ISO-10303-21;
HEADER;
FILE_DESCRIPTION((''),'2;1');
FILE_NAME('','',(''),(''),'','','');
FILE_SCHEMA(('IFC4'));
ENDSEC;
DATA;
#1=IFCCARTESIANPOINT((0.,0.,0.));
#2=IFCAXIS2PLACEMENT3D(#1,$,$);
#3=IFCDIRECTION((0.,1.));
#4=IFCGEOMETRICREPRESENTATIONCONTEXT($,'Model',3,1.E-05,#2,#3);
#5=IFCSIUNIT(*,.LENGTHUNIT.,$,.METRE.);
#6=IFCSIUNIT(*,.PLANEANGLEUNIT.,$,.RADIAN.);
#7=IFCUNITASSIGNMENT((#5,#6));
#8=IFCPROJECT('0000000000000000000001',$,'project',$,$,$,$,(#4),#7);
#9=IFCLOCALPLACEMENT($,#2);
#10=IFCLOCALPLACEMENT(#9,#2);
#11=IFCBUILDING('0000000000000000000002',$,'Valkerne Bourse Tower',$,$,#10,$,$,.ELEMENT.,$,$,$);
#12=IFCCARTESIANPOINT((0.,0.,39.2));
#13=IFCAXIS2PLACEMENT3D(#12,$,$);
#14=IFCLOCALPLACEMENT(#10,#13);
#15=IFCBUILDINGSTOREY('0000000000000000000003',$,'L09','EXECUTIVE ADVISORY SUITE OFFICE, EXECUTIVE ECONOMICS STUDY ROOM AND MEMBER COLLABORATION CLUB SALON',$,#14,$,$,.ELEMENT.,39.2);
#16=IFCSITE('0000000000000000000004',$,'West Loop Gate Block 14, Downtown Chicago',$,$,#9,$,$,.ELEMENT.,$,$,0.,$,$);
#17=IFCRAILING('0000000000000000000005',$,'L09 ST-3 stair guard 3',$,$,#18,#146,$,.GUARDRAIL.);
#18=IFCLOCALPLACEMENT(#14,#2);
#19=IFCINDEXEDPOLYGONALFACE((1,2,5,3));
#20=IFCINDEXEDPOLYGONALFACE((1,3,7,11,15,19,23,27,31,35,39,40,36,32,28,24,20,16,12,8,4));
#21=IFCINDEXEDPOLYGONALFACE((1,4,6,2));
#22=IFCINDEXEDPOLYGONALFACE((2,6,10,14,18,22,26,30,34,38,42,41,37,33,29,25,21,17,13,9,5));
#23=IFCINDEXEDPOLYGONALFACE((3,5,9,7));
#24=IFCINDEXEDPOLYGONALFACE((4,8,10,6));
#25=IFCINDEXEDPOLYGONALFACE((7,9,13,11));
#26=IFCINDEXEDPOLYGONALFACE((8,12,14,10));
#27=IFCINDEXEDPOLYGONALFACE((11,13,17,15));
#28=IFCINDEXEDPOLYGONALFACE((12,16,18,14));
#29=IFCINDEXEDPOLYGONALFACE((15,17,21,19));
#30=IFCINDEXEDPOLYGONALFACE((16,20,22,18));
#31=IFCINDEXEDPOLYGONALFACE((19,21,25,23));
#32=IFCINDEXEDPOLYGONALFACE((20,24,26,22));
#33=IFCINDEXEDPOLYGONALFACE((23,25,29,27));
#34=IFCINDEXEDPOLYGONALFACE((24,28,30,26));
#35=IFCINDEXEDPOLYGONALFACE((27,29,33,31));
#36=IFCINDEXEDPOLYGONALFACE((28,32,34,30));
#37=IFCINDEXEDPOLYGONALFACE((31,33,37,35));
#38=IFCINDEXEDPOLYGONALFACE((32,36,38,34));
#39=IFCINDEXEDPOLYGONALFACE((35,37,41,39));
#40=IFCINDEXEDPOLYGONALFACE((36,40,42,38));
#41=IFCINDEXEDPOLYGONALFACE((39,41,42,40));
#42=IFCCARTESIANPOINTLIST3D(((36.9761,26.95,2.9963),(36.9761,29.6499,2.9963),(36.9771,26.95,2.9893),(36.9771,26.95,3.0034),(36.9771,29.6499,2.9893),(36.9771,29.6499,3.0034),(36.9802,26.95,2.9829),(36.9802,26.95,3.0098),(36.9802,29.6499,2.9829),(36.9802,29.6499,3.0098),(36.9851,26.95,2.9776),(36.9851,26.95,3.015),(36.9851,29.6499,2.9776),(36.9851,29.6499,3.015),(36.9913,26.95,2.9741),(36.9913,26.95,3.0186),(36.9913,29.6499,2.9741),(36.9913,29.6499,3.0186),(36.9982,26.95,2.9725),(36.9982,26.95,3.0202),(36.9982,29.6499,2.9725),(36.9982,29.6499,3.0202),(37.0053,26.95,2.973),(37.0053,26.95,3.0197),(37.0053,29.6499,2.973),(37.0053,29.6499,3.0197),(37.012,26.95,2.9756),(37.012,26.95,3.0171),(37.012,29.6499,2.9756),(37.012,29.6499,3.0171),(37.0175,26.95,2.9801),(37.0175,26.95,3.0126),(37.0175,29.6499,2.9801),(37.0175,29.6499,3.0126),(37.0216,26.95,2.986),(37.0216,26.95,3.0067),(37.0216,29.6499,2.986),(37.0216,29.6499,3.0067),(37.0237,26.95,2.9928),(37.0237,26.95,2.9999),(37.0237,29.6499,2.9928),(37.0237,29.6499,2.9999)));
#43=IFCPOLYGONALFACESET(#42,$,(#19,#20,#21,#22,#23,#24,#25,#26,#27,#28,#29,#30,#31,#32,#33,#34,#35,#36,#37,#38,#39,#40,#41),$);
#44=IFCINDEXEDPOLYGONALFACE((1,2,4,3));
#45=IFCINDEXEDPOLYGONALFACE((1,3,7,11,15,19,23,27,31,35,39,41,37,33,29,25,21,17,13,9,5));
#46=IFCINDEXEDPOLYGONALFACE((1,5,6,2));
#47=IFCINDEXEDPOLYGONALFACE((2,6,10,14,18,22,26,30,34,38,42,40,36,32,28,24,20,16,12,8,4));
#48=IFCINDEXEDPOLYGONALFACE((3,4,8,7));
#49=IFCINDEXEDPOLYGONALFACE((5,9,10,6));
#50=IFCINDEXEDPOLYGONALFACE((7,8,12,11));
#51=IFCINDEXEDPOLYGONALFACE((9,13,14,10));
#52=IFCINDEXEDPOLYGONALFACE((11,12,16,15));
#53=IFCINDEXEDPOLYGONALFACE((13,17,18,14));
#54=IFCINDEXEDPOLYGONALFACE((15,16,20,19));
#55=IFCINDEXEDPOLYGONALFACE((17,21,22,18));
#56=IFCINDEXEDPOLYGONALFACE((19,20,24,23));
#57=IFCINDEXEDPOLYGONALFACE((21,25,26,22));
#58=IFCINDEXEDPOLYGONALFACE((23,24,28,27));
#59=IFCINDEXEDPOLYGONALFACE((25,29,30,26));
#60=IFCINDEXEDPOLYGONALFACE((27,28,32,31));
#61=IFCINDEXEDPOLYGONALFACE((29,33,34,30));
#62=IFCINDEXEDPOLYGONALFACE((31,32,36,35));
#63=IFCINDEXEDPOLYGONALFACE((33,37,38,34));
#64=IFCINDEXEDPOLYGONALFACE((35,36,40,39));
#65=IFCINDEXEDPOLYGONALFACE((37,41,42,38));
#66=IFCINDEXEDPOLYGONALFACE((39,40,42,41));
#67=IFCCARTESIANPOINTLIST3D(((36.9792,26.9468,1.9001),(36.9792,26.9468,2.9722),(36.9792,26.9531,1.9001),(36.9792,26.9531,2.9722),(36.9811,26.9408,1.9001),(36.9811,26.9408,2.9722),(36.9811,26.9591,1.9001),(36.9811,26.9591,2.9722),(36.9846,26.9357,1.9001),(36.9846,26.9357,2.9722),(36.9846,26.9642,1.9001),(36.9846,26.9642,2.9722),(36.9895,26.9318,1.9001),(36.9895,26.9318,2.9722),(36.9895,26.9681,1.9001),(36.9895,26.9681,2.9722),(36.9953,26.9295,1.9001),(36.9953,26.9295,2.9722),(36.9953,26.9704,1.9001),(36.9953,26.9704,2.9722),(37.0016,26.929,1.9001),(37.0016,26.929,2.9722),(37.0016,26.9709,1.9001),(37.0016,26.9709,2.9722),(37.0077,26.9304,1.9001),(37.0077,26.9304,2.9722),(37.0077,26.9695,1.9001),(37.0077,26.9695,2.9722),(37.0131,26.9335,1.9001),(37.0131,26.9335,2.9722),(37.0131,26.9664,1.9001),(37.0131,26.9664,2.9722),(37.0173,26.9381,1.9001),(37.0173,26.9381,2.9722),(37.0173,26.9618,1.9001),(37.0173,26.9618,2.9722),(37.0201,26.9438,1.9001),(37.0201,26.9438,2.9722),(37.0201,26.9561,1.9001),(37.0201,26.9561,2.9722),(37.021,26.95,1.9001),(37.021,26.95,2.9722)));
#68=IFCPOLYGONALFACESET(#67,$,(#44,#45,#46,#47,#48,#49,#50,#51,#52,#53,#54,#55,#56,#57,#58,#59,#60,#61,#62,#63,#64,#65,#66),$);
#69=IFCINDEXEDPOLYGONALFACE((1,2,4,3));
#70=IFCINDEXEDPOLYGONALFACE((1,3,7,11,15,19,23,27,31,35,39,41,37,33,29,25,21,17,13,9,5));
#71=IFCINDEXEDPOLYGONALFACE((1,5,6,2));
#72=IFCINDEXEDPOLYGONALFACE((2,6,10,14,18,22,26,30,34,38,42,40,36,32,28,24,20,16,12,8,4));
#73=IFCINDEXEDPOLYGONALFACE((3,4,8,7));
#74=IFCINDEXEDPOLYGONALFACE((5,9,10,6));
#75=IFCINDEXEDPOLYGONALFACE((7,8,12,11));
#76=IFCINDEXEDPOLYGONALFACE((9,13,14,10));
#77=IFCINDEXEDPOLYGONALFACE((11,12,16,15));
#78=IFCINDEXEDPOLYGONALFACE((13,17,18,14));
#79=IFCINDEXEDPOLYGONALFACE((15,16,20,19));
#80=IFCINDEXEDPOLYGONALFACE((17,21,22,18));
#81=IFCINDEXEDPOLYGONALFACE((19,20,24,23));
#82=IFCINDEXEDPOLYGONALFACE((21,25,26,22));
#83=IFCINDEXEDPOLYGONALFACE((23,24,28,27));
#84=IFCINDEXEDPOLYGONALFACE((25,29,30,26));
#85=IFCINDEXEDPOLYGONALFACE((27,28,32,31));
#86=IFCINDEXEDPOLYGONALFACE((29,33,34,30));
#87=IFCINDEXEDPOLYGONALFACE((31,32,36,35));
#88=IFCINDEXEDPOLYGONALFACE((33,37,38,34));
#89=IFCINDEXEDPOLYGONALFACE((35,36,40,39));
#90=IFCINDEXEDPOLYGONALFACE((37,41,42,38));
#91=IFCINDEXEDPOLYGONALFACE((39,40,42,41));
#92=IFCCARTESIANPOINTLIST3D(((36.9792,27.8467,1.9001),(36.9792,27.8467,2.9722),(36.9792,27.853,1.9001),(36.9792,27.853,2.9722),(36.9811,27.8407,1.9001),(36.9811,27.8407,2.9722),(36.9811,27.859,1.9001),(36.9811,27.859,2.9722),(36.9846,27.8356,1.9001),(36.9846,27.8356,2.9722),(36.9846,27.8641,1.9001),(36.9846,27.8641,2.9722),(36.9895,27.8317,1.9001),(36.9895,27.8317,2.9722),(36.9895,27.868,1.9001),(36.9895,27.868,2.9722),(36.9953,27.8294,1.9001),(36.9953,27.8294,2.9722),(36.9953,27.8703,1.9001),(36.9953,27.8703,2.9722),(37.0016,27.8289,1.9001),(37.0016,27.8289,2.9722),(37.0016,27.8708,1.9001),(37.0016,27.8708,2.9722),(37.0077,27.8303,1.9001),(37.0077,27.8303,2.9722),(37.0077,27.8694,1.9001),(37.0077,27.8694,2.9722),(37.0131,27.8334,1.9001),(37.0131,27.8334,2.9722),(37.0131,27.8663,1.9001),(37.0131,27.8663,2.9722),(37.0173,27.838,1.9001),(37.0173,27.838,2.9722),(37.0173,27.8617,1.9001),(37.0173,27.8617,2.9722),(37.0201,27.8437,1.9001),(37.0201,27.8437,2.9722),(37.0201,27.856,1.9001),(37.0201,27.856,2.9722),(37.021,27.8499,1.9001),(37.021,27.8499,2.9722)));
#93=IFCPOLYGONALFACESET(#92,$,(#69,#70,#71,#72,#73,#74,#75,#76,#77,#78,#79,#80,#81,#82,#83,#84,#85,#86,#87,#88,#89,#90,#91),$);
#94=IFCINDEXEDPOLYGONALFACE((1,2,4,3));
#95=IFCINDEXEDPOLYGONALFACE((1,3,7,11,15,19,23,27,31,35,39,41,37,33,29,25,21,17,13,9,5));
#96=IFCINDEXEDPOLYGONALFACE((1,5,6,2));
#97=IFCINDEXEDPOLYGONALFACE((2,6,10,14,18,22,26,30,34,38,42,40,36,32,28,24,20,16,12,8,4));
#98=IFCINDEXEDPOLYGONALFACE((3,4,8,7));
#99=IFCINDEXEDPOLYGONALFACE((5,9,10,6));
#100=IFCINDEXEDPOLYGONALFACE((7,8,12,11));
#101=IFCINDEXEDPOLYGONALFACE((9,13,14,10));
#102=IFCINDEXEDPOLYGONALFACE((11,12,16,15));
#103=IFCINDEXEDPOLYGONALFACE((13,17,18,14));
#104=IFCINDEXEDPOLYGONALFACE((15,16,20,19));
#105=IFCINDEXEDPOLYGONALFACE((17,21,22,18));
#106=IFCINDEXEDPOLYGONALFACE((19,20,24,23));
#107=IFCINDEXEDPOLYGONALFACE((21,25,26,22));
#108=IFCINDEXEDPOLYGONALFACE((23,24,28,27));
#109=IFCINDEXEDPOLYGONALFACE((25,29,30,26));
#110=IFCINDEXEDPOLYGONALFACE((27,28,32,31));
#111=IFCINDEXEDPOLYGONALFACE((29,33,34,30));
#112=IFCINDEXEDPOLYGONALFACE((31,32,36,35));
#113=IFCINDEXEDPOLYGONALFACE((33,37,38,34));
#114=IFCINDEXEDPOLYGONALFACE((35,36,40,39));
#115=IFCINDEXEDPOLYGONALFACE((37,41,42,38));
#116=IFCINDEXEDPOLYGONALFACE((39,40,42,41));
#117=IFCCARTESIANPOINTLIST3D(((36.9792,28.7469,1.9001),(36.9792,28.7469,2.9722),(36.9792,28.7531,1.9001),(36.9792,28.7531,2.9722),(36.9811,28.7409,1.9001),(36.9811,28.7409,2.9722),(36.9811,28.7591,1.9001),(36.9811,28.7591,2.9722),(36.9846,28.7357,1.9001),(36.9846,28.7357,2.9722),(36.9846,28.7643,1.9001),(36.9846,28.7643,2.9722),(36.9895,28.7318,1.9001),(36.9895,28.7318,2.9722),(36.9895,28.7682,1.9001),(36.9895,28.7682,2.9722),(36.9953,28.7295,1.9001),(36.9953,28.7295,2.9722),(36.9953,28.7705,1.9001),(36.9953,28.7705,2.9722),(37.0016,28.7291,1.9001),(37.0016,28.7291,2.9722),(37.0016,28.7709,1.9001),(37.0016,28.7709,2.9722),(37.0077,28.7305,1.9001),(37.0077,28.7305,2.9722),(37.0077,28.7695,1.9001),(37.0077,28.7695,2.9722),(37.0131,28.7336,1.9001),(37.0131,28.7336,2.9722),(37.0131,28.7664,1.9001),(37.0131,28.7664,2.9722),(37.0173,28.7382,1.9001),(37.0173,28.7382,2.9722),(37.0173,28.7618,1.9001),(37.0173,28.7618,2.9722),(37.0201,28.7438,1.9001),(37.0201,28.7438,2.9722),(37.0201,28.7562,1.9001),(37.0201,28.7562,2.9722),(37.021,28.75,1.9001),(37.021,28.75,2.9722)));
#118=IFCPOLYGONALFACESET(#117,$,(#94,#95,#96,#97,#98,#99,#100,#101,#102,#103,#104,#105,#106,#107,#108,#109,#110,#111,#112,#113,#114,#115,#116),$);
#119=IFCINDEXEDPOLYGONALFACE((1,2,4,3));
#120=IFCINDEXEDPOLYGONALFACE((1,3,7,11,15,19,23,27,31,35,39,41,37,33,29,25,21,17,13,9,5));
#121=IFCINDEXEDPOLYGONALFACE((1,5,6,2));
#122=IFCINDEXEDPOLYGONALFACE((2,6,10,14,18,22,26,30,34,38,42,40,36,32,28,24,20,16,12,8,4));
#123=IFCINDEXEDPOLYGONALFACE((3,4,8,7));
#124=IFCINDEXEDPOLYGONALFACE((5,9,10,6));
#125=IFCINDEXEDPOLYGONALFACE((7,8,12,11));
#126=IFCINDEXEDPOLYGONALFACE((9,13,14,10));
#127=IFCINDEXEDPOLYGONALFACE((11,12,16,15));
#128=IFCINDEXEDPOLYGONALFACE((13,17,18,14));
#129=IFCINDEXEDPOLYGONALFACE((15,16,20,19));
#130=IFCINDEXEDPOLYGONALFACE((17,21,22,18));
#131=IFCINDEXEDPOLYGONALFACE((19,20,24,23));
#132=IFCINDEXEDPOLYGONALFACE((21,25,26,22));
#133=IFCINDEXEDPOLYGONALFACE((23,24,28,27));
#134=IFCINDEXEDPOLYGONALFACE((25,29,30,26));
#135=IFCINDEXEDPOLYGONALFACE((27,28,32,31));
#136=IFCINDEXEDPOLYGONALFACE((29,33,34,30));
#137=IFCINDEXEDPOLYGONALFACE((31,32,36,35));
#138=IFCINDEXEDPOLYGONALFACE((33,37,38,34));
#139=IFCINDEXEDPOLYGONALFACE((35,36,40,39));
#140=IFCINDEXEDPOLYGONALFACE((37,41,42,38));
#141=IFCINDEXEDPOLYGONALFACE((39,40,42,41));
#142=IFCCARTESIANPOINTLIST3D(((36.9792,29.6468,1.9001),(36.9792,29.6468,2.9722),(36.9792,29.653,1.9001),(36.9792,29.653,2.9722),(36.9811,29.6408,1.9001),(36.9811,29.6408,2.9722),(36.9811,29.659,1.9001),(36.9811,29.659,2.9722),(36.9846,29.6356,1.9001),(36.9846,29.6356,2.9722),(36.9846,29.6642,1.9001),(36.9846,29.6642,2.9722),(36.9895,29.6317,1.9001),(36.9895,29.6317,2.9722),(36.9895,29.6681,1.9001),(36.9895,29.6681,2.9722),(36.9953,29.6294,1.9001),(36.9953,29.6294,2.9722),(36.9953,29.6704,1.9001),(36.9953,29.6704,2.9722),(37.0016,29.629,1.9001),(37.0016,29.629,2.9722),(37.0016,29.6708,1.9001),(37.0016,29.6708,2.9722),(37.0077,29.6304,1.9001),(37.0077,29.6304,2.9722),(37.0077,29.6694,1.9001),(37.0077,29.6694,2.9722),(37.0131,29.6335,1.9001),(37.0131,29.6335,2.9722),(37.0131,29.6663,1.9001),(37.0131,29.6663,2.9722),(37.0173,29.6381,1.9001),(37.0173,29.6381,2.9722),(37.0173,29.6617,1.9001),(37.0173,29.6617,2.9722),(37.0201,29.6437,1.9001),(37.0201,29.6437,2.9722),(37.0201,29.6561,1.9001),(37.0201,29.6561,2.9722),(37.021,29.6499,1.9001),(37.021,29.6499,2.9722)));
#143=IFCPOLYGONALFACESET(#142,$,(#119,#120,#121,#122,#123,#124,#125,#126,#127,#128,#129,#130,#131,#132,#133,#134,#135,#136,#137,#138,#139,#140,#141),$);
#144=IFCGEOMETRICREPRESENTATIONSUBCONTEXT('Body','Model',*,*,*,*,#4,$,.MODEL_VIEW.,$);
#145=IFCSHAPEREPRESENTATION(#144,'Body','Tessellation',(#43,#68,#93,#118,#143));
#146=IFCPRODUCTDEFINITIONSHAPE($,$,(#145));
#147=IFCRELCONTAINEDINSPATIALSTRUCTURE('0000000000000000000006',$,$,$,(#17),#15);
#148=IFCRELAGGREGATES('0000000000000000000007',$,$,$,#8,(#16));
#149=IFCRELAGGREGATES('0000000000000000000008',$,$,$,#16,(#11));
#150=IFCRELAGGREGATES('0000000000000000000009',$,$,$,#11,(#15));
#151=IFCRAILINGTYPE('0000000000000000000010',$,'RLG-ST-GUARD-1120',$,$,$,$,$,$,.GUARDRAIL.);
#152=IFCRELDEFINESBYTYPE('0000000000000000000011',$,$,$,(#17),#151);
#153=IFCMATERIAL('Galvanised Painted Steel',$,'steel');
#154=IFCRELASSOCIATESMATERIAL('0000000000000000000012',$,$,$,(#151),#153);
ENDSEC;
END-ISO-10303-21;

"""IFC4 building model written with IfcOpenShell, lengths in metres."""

from ifc_helpers import new_model, si_unit, direction, frame, origin, origin_2d, place, context, subcontext, project, spatial, circle, extrude, material, type_object, element, save


model = new_model("IFC4")

# Units and contexts
model_context = context("Model", 3, precision=1e-05, world=origin(), true_north=direction((0.0, 1.0)))
body_context = subcontext(model_context, "Body", "Model", "MODEL_VIEW")
ifc_project = project(units=[si_unit("LENGTHUNIT", "METRE"), si_unit("PLANEANGLEUNIT", "RADIAN")], contexts=[model_context])

# Site, building, storey
site_placement = place(None, origin())
site = spatial("IfcSite", under=ifc_project, at=site_placement, Name="West Loop Gate Block 14, Downtown Chicago", CompositionType="ELEMENT", RefElevation=0.0)
building_placement = place(site_placement, origin())
building = spatial("IfcBuilding", under=site, at=building_placement, Name="Valkerne Bourse Tower", CompositionType="ELEMENT")
storey_placement = place(building_placement, frame((0.0, 0.0, 39.2)))
storey = spatial("IfcBuildingStorey", under=building, at=storey_placement, Name="L09", Description="EXECUTIVE ADVISORY SUITE OFFICE, EXECUTIVE ECONOMICS STUDY ROOM AND MEMBER COLLABORATION CLUB SALON", CompositionType="ELEMENT", Elevation=39.2)

# Shared definitions
ifc_material_1 = material(Name="Galvanised Painted Steel", Category="steel")

# Railing
railing_type_1 = type_object("IfcRailingType", Name="RLG-ST-GUARD-1120", PredefinedType="GUARDRAIL", material=ifc_material_1)
for number, where, name in (
    (1, (37.0, 26.95, 1.9001), "L09 ST-3 stair guard 3"),
):
    element("IfcRailing", number, at=place(storey_placement, frame(where)), inside=storey, type_object=railing_type_1, Name=name, PredefinedType="GUARDRAIL", context=body_context, shape_type="SweptSolid", body=[
        extrude(circle(Radius=0.0239, at=origin_2d()), frame((0.0, 0.0, 1.0962), z_axis=(0.0, 1.0, 0.0), x_axis=(-1.0, 0.0, 0.0)), (0.0, 0.0, 1.0), 2.7),
        extrude(circle(Radius=0.021, at=origin_2d()), origin(), (0.0, 0.0, 1.0), 1.072),
        extrude(circle(Radius=0.021, at=origin_2d()), frame((0.0, 0.8999, 0.0)), (0.0, 0.0, 1.0), 1.072),
        extrude(circle(Radius=0.021, at=origin_2d()), frame((0.0, 1.8, 0.0)), (0.0, 0.0, 1.0), 1.072),
        extrude(circle(Radius=0.021, at=origin_2d()), frame((0.0, 2.7, 0.0)), (0.0, 0.0, 1.0), 1.072),
    ])

save(model, "model.ifc")
